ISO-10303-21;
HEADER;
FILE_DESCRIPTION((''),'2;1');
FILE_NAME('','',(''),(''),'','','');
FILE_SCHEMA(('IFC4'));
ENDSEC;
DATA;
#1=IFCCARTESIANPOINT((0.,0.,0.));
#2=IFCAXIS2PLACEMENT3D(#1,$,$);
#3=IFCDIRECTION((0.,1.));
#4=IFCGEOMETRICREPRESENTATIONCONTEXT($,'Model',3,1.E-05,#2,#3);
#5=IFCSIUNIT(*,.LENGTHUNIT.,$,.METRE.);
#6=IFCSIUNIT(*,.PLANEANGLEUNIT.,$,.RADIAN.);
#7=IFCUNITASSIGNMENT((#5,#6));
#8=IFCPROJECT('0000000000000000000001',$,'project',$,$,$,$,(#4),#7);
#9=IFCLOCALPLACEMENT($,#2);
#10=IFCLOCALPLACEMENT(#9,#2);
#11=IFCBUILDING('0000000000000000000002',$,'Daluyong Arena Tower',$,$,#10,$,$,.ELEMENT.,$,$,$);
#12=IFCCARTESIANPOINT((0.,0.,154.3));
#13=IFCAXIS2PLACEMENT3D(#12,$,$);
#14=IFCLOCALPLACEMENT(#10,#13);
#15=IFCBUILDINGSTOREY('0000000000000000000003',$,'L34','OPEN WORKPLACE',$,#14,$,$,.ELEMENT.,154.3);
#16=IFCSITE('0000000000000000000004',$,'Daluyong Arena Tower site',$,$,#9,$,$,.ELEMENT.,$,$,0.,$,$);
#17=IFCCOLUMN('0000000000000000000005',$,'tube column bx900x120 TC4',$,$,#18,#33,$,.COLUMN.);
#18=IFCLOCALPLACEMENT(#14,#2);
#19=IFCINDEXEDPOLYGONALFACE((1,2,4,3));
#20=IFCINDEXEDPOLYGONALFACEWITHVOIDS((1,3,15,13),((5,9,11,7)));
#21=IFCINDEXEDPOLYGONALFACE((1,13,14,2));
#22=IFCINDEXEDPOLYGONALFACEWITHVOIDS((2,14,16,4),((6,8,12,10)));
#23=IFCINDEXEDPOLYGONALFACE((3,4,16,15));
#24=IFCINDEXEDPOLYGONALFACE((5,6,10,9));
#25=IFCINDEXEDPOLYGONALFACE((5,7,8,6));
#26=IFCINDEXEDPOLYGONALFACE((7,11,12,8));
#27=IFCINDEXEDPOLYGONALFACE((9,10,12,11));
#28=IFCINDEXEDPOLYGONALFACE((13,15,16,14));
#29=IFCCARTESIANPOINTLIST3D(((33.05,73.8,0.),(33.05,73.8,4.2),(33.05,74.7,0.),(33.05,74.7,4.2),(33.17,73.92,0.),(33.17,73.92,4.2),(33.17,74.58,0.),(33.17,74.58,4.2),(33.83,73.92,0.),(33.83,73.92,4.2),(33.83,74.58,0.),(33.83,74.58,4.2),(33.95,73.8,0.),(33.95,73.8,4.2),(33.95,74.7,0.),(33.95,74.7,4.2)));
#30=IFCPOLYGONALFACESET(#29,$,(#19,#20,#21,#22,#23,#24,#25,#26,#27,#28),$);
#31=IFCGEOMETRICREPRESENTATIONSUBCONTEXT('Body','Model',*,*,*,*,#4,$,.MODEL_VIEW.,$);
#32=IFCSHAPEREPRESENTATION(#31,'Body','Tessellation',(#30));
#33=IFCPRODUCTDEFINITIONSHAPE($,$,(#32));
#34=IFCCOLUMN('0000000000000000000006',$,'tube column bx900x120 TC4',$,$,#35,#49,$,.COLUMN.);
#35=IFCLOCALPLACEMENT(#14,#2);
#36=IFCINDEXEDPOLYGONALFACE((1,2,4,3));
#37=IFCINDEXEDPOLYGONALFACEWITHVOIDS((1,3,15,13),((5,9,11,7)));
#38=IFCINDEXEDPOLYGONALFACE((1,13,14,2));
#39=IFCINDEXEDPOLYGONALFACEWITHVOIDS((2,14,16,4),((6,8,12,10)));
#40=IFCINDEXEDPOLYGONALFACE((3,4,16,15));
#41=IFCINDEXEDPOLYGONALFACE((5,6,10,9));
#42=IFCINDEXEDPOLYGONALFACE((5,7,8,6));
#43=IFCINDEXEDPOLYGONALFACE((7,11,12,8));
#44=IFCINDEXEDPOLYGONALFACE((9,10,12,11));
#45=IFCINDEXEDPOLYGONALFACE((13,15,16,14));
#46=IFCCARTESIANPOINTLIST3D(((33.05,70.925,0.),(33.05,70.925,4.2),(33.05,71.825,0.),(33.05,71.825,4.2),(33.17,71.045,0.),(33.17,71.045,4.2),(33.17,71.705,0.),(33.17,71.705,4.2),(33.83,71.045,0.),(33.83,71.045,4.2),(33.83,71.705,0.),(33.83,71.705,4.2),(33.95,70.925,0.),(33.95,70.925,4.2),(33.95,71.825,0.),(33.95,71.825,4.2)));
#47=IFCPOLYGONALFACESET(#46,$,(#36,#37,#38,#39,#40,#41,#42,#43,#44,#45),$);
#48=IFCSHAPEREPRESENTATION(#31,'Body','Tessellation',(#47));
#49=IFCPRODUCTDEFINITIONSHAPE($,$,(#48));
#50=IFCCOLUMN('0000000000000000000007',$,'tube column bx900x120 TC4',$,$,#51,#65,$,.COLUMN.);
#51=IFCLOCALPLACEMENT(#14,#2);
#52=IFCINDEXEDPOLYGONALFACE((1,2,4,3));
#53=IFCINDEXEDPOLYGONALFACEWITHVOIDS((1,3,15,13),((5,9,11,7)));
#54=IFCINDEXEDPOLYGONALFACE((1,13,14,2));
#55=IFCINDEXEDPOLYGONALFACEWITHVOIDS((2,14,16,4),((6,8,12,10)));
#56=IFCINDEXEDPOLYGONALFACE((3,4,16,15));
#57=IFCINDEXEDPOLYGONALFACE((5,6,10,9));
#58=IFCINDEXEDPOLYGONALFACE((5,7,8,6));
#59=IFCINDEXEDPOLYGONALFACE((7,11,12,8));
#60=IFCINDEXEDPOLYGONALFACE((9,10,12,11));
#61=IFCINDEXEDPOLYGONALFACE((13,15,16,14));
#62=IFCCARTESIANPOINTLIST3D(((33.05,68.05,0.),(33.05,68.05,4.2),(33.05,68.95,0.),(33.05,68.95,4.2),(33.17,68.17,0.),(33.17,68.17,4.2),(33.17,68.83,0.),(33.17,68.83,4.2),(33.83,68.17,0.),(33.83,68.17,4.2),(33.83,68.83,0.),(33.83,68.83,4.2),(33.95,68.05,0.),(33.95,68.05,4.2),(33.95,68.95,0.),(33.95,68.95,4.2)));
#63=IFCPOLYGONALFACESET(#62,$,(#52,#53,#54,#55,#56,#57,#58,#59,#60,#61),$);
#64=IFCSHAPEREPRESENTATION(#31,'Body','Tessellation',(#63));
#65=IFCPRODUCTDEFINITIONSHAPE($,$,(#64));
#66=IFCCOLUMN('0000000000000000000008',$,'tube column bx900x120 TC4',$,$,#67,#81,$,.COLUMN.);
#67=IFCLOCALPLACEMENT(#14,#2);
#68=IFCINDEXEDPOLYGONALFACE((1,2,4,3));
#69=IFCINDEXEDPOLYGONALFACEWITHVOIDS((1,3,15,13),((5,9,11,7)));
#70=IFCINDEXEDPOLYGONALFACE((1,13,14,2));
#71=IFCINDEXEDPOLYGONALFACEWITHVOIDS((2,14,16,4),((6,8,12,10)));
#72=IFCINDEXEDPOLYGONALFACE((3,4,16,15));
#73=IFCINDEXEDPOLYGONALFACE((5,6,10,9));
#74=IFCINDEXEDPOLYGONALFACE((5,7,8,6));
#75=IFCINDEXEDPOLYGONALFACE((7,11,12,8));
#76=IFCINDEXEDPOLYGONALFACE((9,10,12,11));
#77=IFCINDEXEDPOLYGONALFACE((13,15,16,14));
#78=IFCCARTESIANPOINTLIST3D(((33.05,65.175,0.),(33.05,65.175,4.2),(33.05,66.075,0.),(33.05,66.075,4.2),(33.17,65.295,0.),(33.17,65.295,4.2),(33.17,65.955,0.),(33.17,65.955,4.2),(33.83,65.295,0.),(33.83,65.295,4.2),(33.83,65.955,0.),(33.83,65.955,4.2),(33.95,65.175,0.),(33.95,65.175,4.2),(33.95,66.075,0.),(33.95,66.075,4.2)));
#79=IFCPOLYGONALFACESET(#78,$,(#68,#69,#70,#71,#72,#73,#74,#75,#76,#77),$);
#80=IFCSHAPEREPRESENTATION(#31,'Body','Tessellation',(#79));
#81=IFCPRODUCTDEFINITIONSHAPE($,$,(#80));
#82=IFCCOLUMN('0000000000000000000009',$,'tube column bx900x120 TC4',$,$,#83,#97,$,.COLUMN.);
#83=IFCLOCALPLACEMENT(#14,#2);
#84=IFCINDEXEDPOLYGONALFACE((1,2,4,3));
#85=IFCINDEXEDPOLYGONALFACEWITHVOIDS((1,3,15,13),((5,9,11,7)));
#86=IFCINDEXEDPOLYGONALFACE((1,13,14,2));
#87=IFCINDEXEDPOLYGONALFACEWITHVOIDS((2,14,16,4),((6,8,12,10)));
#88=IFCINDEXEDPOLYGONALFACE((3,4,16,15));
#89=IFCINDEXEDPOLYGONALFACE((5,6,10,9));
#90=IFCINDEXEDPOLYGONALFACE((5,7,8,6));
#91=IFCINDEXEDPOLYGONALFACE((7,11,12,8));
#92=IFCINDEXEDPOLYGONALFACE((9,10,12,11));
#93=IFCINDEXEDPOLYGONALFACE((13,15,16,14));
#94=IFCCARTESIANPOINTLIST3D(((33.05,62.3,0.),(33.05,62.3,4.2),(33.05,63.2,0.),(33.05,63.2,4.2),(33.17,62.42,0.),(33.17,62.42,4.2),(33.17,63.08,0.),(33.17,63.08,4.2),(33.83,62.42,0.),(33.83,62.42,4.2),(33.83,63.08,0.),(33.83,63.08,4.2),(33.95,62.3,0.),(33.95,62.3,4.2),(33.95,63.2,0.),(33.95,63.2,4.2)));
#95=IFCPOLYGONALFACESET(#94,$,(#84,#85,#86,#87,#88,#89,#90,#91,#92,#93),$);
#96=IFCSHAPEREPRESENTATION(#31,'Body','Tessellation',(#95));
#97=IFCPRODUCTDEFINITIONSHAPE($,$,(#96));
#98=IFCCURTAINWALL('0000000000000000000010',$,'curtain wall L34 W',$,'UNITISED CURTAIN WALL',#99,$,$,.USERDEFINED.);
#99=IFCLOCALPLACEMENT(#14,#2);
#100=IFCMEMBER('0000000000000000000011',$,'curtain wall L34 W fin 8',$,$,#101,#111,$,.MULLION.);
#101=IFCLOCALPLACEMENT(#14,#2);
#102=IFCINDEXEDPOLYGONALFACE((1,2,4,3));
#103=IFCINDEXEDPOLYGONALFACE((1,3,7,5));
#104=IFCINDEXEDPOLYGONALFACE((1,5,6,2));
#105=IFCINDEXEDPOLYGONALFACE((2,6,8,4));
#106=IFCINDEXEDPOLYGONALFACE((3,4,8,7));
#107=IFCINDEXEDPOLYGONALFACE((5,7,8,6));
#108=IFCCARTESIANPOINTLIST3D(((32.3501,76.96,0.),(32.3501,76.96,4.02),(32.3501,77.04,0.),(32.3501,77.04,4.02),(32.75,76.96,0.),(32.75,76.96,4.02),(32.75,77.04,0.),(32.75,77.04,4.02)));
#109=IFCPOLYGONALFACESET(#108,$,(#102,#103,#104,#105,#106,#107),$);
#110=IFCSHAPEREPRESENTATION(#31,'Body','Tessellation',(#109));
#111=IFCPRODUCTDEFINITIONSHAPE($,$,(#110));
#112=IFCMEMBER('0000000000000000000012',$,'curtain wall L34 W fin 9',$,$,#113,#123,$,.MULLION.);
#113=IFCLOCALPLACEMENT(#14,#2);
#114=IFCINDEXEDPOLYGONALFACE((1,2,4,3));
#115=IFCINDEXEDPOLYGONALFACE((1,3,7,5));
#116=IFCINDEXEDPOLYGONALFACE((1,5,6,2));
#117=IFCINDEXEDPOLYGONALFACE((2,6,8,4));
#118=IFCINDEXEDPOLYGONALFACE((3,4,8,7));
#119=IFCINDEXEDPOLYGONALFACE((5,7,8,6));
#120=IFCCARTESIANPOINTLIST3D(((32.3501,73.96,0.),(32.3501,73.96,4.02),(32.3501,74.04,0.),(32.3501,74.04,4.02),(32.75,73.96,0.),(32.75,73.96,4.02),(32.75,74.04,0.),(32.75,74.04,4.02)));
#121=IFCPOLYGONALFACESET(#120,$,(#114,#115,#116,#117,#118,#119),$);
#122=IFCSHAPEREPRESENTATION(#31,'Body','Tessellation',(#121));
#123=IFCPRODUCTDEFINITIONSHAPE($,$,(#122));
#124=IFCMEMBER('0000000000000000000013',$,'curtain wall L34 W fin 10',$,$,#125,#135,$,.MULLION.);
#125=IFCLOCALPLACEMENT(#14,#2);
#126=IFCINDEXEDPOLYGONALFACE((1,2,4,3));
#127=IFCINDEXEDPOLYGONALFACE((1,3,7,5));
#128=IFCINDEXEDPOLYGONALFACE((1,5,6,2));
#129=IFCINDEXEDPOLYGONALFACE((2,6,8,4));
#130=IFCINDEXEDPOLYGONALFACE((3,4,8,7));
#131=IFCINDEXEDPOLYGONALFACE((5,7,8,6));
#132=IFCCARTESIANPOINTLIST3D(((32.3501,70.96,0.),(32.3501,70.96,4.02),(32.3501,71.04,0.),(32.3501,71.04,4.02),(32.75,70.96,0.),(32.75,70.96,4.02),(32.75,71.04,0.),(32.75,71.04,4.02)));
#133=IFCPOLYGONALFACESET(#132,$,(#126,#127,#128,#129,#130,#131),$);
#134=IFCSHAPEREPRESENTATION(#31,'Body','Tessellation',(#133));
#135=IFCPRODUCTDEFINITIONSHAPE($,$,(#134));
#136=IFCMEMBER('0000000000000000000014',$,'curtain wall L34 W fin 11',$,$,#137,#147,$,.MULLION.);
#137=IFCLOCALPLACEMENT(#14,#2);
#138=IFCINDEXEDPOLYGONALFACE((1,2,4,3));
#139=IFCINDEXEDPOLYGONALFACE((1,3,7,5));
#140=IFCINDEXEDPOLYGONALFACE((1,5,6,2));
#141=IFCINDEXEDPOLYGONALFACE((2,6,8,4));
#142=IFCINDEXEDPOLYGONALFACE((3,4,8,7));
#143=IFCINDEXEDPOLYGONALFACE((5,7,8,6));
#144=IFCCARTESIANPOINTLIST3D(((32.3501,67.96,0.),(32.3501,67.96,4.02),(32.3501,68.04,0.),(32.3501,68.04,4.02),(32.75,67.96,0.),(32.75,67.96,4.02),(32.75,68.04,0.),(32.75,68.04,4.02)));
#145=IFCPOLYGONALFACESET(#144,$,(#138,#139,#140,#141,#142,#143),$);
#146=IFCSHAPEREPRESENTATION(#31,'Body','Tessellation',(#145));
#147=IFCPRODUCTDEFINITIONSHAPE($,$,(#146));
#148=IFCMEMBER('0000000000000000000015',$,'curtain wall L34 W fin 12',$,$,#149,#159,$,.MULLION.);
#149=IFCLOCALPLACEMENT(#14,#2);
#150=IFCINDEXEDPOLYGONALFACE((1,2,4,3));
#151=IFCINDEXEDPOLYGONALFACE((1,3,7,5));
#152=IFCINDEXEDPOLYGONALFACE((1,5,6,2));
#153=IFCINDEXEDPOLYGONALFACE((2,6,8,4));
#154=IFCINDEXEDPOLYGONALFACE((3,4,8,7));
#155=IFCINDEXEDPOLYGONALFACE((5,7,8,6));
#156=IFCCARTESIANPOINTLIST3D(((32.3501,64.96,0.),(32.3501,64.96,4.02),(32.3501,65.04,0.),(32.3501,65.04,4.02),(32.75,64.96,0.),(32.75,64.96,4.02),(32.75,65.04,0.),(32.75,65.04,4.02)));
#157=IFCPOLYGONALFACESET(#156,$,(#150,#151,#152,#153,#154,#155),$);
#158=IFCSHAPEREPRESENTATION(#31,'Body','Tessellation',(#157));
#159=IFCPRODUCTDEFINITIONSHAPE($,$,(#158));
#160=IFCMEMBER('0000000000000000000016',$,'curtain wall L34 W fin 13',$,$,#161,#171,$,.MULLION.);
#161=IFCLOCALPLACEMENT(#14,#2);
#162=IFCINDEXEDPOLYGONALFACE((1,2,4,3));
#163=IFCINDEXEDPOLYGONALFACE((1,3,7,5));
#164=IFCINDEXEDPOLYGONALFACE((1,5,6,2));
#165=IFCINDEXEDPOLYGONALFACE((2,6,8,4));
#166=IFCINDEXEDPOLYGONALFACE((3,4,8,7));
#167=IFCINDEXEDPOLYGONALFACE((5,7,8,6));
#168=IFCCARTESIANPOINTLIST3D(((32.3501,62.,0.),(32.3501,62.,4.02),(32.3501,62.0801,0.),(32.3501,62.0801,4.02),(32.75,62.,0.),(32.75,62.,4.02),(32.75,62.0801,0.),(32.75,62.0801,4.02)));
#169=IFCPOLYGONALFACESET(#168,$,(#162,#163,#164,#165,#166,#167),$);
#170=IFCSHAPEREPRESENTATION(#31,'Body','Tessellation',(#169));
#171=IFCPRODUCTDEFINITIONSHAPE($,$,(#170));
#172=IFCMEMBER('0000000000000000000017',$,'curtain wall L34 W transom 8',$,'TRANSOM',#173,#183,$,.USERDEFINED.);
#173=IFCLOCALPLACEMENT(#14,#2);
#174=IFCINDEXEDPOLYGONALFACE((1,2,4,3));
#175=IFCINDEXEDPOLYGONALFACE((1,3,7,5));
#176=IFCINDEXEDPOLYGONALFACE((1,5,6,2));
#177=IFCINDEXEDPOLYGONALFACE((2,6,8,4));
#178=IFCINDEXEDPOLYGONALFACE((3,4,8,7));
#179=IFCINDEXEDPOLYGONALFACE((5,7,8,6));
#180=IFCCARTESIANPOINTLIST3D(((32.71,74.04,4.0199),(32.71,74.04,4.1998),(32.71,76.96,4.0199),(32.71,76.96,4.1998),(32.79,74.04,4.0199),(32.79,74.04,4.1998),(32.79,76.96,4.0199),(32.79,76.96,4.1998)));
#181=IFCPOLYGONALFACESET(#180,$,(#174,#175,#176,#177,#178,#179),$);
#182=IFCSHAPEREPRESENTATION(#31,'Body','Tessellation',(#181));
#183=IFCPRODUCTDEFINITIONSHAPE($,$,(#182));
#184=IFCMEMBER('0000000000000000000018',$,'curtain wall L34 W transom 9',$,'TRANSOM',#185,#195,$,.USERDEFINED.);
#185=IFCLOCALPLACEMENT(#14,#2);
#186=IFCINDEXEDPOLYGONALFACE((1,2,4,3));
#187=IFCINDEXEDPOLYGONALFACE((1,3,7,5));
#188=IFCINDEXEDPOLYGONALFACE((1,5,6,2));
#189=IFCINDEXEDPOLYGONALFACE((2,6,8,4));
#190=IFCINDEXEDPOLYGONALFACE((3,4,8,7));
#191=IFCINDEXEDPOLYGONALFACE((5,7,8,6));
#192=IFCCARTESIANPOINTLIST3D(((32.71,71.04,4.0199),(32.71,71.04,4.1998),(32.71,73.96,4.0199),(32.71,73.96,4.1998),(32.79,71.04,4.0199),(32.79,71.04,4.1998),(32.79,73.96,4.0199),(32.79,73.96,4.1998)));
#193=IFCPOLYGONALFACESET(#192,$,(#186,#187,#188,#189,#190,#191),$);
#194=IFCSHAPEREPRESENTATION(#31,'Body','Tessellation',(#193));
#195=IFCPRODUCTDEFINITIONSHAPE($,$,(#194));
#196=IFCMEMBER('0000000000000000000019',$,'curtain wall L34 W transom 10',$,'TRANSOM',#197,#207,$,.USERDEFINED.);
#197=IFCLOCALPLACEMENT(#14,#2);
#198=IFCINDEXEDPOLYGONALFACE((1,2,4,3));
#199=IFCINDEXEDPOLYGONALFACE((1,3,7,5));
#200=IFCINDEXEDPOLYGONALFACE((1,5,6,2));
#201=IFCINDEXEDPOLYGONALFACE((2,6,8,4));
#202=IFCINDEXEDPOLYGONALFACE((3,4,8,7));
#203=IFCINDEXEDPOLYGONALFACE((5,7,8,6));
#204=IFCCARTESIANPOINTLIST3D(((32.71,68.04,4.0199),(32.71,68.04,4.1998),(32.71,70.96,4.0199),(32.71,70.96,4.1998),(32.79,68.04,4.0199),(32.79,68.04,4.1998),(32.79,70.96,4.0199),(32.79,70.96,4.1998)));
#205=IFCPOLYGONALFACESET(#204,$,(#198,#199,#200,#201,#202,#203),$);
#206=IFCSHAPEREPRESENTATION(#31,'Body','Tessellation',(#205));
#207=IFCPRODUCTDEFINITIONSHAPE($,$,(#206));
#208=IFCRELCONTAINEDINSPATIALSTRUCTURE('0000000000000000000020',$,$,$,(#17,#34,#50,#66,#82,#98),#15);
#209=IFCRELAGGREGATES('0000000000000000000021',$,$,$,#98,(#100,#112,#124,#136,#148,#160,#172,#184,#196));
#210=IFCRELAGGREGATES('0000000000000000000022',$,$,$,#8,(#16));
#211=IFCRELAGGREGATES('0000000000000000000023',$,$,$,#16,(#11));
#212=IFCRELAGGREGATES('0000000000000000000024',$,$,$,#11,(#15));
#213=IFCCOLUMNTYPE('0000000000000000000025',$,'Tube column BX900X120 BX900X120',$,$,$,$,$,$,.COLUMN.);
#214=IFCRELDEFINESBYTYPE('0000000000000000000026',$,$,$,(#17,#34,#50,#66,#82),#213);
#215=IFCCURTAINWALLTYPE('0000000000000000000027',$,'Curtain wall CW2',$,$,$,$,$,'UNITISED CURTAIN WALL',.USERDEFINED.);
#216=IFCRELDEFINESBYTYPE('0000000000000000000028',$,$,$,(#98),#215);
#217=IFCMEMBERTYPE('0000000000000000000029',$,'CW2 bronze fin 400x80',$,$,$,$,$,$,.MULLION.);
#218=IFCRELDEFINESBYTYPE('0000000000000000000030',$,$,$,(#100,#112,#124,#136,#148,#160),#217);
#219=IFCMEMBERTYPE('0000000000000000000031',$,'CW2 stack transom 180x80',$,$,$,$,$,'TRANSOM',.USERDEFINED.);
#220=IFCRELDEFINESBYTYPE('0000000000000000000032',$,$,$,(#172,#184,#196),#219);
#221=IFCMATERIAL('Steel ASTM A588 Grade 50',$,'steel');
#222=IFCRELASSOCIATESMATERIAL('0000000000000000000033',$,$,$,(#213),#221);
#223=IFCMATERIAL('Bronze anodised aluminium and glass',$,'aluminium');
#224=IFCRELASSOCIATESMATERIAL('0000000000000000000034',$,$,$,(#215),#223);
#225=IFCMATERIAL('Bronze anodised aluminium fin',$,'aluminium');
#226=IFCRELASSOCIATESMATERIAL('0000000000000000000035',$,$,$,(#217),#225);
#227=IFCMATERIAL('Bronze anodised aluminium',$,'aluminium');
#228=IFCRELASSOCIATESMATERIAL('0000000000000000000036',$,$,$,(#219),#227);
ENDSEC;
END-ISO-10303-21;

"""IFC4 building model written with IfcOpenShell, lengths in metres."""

from ifc_helpers import new_model, si_unit, direction, frame, origin, origin_2d, place, context, subcontext, project, spatial, rectangle, hollow_rectangle, extrude, material, material_profile, profile_set, type_object, element, aggregate, save


model = new_model("IFC4")

# Units and contexts
model_context = context("Model", 3, precision=1e-05, world=origin(), true_north=direction((0.0, 1.0)))
body_context = subcontext(model_context, "Body", "Model", "MODEL_VIEW")
ifc_project = project(units=[si_unit("LENGTHUNIT", "METRE"), si_unit("PLANEANGLEUNIT", "RADIAN")], contexts=[model_context])

# Site, building, storey
site_placement = place(None, origin())
site = spatial("IfcSite", under=ifc_project, at=site_placement, Name="Daluyong Arena Tower site", CompositionType="ELEMENT", RefElevation=0.0)
building_placement = place(site_placement, origin())
building = spatial("IfcBuilding", under=site, at=building_placement, Name="Daluyong Arena Tower", CompositionType="ELEMENT")
storey_placement = place(building_placement, frame((0.0, 0.0, 154.3)))
storey = spatial("IfcBuildingStorey", under=building, at=storey_placement, Name="L34", Description="OPEN WORKPLACE", CompositionType="ELEMENT", Elevation=154.3)

# Columns
ifc_material_1 = material(Name="Steel ASTM A588 Grade 50", Category="steel")
ifc_material_profile_1 = material_profile(ifc_material_1, hollow_rectangle(XDim=0.8999, YDim=0.8999, WallThickness=0.12, at=origin_2d()))
ifc_profile_set_1 = profile_set([ifc_material_profile_1], Name="Steel ASTM A588 Grade 50")
column_type = type_object("IfcColumnType", Name="Tube column BX900X120 BX900X120", PredefinedType="COLUMN", material=ifc_profile_set_1)
for number, where, z_axis, x_axis, name in (
    (1, (33.5, 74.25, 0.0), (0.0, 0.0, 1.0), (0.0, 1.0, 0.0), "tube column bx900x120 TC4"),
    (2, (33.5, 71.375, 0.0), (0.0, 0.0, 1.0), (0.0, 1.0, 0.0), "tube column bx900x120 TC4"),
    (3, (33.5, 68.5, 0.0), (0.0, 0.0, 1.0), (0.0, 1.0, 0.0), "tube column bx900x120 TC4"),
    (4, (33.5, 65.625, 0.0), (0.0, 0.0, 1.0), (0.0, 1.0, 0.0), "tube column bx900x120 TC4"),
    (5, (33.5, 62.75, 0.0), (0.0, 0.0, 1.0), (1.0, 0.0, 0.0), "tube column bx900x120 TC4"),
):
    element("IfcColumn", number, at=place(storey_placement, frame(where, z_axis=z_axis, x_axis=x_axis)), inside=storey, type_object=column_type, Name=name, PredefinedType="COLUMN", context=body_context, shape_type="SweptSolid", body=[
        extrude(hollow_rectangle(XDim=0.8999, YDim=0.8999, WallThickness=0.12, at=origin_2d()), origin(), (0.0, 0.0, 1.0), 4.2),
    ])

# Curtain wall, members
ifc_material_2 = material(Name="Bronze anodised aluminium and glass", Category="aluminium")
curtain_wall_type_1 = type_object("IfcCurtainWallType", Name="Curtain wall CW2", ElementType="UNITISED CURTAIN WALL", PredefinedType="USERDEFINED", material=ifc_material_2)
curtain_wall_1_placement = place(storey_placement, origin())
curtain_wall_1 = element("IfcCurtainWall", 6, at=curtain_wall_1_placement, inside=storey, type_object=curtain_wall_type_1, Name="curtain wall L34 W", ObjectType="UNITISED CURTAIN WALL", PredefinedType="USERDEFINED")
ifc_material_3 = material(Name="Bronze anodised aluminium fin", Category="aluminium")
ifc_material_profile_2 = material_profile(ifc_material_3, rectangle(XDim=0.3999, YDim=0.0801, at=origin_2d()))
ifc_profile_set_2 = profile_set([ifc_material_profile_2], Name="Bronze anodised aluminium fin")
member_type_1 = type_object("IfcMemberType", Name="CW2 bronze fin 400x80", PredefinedType="MULLION", material=ifc_profile_set_2)
member_1_placement = place(storey_placement, frame((32.55, 77.0, 0.0), z_axis=(0.0, 0.0, 1.0), x_axis=(1.0, 0.0, 0.0)))
member_1 = element("IfcMember", 7, at=member_1_placement, type_object=member_type_1, Name="curtain wall L34 W fin 8", PredefinedType="MULLION", context=body_context, shape_type="SweptSolid", body=[
    extrude(rectangle(XDim=0.3999, YDim=0.0801, at=origin_2d()), origin(), (0.0, 0.0, 1.0), 4.02),
])
member_2_placement = place(storey_placement, frame((32.55, 74.0, 0.0), z_axis=(0.0, 0.0, 1.0), x_axis=(1.0, 0.0, 0.0)))
member_2 = element("IfcMember", 8, at=member_2_placement, type_object=member_type_1, Name="curtain wall L34 W fin 9", PredefinedType="MULLION", context=body_context, shape_type="SweptSolid", body=[
    extrude(rectangle(XDim=0.3999, YDim=0.0801, at=origin_2d()), origin(), (0.0, 0.0, 1.0), 4.02),
])
member_3_placement = place(storey_placement, frame((32.55, 71.0, 0.0), z_axis=(0.0, 0.0, 1.0), x_axis=(1.0, 0.0, 0.0)))
member_3 = element("IfcMember", 9, at=member_3_placement, type_object=member_type_1, Name="curtain wall L34 W fin 10", PredefinedType="MULLION", context=body_context, shape_type="SweptSolid", body=[
    extrude(rectangle(XDim=0.3999, YDim=0.0801, at=origin_2d()), origin(), (0.0, 0.0, 1.0), 4.02),
])
member_4_placement = place(storey_placement, frame((32.55, 68.0, 0.0), z_axis=(0.0, 0.0, 1.0), x_axis=(1.0, 0.0, 0.0)))
member_4 = element("IfcMember", 10, at=member_4_placement, type_object=member_type_1, Name="curtain wall L34 W fin 11", PredefinedType="MULLION", context=body_context, shape_type="SweptSolid", body=[
    extrude(rectangle(XDim=0.3999, YDim=0.0801, at=origin_2d()), origin(), (0.0, 0.0, 1.0), 4.02),
])
member_5_placement = place(storey_placement, frame((32.55, 65.0, 0.0), z_axis=(0.0, 0.0, 1.0), x_axis=(1.0, 0.0, 0.0)))
member_5 = element("IfcMember", 11, at=member_5_placement, type_object=member_type_1, Name="curtain wall L34 W fin 12", PredefinedType="MULLION", context=body_context, shape_type="SweptSolid", body=[
    extrude(rectangle(XDim=0.3999, YDim=0.0801, at=origin_2d()), origin(), (0.0, 0.0, 1.0), 4.02),
])
member_6_placement = place(storey_placement, frame((32.55, 62.04, 0.0), z_axis=(0.0, 0.0, 1.0), x_axis=(1.0, 0.0, 0.0)))
member_6 = element("IfcMember", 12, at=member_6_placement, type_object=member_type_1, Name="curtain wall L34 W fin 13", PredefinedType="MULLION", context=body_context, shape_type="SweptSolid", body=[
    extrude(rectangle(XDim=0.3999, YDim=0.0801, at=origin_2d()), origin(), (0.0, 0.0, 1.0), 4.02),
])
ifc_material_4 = material(Name="Bronze anodised aluminium", Category="aluminium")
ifc_material_profile_3 = material_profile(ifc_material_4, rectangle(XDim=0.0801, YDim=0.1799, at=origin_2d()))
ifc_profile_set_3 = profile_set([ifc_material_profile_3], Name="Bronze anodised aluminium")
member_type_2 = type_object("IfcMemberType", Name="CW2 stack transom 180x80", ElementType="TRANSOM", PredefinedType="USERDEFINED", material=ifc_profile_set_3)
member_7_placement = place(storey_placement, frame((32.75, 76.96, 4.1099), z_axis=(0.0, -1.0, 0.0), x_axis=(1.0, 0.0, 0.0)))
member_7 = element("IfcMember", 13, at=member_7_placement, type_object=member_type_2, Name="curtain wall L34 W transom 8", ObjectType="TRANSOM", PredefinedType="USERDEFINED", context=body_context, shape_type="SweptSolid", body=[
    extrude(rectangle(XDim=0.0801, YDim=0.1799, at=origin_2d()), origin(), (0.0, 0.0, 1.0), 2.9199),
])
member_8_placement = place(storey_placement, frame((32.75, 73.96, 4.1099), z_axis=(0.0, -1.0, 0.0), x_axis=(1.0, 0.0, 0.0)))
member_8 = element("IfcMember", 14, at=member_8_placement, type_object=member_type_2, Name="curtain wall L34 W transom 9", ObjectType="TRANSOM", PredefinedType="USERDEFINED", context=body_context, shape_type="SweptSolid", body=[
    extrude(rectangle(XDim=0.0801, YDim=0.1799, at=origin_2d()), origin(), (0.0, 0.0, 1.0), 2.9199),
])
member_9_placement = place(storey_placement, frame((32.75, 70.96, 4.1099), z_axis=(0.0, -1.0, 0.0), x_axis=(1.0, 0.0, 0.0)))
member_9 = element("IfcMember", 15, at=member_9_placement, type_object=member_type_2, Name="curtain wall L34 W transom 10", ObjectType="TRANSOM", PredefinedType="USERDEFINED", context=body_context, shape_type="SweptSolid", body=[
    extrude(rectangle(XDim=0.0801, YDim=0.1799, at=origin_2d()), origin(), (0.0, 0.0, 1.0), 2.9199),
])

aggregate(curtain_wall_1, [member_1, member_2, member_3, member_4, member_5, member_6, member_7, member_8, member_9])

save(model, "model.ifc")
